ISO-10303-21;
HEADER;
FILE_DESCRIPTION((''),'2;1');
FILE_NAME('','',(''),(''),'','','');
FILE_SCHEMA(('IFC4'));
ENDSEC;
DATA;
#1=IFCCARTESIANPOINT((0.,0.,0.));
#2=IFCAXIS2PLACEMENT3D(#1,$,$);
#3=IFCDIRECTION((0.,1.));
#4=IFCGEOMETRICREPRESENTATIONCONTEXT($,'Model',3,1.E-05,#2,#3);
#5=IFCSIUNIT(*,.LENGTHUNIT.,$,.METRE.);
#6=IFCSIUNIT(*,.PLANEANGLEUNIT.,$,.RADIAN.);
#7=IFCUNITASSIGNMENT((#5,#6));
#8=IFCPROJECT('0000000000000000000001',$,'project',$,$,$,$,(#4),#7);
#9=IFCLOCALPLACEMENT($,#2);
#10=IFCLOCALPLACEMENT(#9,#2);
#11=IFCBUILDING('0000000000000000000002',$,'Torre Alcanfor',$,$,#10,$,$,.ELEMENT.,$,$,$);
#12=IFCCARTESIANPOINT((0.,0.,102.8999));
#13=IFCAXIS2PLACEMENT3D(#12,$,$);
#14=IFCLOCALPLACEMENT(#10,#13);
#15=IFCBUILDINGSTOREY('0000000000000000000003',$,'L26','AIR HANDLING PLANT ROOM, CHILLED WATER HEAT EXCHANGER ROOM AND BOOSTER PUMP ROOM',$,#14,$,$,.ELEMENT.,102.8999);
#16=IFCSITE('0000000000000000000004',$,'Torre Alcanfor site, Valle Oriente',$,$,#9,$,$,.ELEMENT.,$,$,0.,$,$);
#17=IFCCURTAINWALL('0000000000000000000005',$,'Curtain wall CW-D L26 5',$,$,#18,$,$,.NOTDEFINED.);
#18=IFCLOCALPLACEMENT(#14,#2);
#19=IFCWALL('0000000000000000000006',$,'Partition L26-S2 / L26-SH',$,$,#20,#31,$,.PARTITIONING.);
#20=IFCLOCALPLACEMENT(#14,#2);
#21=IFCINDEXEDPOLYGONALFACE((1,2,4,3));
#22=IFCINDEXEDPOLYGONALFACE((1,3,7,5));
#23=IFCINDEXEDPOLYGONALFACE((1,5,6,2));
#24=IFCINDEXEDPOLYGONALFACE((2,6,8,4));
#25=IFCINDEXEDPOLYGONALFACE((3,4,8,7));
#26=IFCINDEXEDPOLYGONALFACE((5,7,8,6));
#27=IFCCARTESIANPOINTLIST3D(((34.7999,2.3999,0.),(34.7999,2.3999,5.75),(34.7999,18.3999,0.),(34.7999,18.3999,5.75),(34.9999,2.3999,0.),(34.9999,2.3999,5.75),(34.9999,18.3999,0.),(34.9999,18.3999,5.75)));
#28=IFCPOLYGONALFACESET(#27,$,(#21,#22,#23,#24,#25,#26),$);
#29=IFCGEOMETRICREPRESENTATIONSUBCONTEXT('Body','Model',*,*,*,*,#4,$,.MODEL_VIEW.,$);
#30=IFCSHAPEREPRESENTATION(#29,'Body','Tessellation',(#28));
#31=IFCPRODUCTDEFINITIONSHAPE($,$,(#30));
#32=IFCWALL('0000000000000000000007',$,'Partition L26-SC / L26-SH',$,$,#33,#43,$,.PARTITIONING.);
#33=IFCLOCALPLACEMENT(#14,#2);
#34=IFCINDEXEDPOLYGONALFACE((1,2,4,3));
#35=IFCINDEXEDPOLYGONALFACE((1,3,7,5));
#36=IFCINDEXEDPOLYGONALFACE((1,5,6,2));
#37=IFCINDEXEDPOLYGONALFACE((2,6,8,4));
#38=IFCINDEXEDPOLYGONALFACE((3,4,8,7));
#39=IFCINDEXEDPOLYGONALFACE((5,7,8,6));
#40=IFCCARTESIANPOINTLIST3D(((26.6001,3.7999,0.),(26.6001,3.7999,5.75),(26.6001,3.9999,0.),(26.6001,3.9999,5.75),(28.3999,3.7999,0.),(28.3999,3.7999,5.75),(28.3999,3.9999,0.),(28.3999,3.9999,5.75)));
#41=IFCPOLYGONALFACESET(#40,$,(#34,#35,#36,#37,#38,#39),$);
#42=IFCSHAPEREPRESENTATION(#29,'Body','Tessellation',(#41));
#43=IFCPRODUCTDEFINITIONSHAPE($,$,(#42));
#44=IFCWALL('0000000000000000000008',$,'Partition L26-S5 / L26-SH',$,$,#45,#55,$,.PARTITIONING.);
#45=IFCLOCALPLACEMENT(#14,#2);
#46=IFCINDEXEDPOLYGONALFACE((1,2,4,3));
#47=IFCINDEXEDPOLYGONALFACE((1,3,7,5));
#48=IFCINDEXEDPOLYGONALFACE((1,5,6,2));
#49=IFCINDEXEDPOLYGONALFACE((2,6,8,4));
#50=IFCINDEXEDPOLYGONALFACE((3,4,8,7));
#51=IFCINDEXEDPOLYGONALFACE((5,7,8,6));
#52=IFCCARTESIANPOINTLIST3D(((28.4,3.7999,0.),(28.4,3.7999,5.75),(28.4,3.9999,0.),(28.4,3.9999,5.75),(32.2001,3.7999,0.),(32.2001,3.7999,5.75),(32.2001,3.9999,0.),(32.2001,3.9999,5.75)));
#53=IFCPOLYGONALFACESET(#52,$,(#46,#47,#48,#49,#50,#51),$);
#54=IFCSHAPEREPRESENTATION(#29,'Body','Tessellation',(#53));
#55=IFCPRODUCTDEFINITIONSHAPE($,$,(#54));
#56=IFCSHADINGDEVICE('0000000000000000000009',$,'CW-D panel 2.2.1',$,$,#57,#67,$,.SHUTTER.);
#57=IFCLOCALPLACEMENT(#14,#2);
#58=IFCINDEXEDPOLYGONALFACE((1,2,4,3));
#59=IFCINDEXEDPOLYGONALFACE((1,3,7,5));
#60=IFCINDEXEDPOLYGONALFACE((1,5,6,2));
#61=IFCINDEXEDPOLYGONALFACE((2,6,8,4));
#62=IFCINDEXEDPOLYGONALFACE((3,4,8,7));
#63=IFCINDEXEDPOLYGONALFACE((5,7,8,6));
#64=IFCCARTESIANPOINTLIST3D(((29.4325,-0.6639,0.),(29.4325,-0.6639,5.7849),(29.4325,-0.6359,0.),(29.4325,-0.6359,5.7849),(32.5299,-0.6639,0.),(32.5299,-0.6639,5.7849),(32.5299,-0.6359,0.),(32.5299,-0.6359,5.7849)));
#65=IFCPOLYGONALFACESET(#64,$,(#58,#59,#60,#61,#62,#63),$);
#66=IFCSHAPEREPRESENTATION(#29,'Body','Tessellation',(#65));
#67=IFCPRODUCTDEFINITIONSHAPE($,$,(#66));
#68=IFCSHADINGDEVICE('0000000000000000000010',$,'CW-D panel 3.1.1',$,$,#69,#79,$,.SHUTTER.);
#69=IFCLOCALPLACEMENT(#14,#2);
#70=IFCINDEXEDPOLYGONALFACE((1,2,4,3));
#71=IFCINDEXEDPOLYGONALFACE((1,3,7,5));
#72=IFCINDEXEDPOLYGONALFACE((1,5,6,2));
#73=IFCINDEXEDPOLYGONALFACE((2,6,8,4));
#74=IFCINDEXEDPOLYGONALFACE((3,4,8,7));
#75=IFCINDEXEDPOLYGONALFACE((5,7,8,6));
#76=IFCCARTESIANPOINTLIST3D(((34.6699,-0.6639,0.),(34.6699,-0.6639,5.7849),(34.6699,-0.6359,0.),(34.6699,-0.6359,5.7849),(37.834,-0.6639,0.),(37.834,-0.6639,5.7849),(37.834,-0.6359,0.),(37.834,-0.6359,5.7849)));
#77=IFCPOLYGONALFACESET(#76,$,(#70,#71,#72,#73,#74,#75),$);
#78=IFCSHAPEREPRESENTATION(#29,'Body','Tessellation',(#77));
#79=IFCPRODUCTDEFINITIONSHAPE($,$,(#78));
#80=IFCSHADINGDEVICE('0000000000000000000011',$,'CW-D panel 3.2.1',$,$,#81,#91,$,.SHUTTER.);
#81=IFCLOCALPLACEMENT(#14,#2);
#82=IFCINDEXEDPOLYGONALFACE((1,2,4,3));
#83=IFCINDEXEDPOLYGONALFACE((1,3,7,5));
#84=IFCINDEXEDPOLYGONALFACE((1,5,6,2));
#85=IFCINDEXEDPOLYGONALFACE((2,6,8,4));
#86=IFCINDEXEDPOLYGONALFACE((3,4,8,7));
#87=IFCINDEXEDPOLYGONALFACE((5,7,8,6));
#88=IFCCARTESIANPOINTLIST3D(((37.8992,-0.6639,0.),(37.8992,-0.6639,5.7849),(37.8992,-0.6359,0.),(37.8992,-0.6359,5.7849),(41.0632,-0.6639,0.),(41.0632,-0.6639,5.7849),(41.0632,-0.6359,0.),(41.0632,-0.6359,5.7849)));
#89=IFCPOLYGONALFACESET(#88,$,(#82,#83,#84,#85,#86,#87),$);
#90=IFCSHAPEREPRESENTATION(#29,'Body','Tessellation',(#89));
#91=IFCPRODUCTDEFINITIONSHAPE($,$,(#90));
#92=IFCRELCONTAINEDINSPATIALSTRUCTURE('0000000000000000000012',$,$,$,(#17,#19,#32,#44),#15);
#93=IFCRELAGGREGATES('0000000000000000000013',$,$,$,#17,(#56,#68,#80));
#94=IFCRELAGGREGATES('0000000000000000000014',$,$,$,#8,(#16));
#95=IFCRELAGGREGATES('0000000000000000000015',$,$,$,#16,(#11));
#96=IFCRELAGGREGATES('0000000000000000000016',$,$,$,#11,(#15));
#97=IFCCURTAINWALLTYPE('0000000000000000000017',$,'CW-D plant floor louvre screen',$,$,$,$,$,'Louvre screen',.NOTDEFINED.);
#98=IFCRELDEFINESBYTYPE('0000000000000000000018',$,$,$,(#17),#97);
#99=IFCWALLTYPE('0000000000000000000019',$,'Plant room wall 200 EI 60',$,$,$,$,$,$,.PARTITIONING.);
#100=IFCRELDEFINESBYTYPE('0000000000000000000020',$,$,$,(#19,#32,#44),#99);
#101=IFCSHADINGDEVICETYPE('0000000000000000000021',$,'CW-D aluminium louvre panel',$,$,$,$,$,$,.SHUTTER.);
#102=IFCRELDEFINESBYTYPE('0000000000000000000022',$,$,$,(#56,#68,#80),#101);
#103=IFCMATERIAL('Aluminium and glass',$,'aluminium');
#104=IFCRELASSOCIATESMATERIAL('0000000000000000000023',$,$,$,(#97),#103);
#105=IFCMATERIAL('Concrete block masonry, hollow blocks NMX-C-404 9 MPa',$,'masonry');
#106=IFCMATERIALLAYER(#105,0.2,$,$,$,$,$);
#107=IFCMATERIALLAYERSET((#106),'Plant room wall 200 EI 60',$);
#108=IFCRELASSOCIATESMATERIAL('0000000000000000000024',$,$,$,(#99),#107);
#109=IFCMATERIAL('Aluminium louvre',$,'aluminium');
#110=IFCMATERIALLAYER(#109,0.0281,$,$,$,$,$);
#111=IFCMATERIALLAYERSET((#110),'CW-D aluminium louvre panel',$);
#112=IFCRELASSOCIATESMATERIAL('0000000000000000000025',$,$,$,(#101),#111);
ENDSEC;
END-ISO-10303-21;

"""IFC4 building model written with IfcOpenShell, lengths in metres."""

from ifc_helpers import new_model, si_unit, direction, frame, frame_2d, origin, origin_2d, place, context, subcontext, project, spatial, rectangle, extrude, material, layer, layer_set, type_object, element, aggregate, save


model = new_model("IFC4")

# Units and contexts
model_context = context("Model", 3, precision=1e-05, world=origin(), true_north=direction((0.0, 1.0)))
body_context = subcontext(model_context, "Body", "Model", "MODEL_VIEW")
ifc_project = project(units=[si_unit("LENGTHUNIT", "METRE"), si_unit("PLANEANGLEUNIT", "RADIAN")], contexts=[model_context])

# Site, building, storey
site_placement = place(None, origin())
site = spatial("IfcSite", under=ifc_project, at=site_placement, Name="Torre Alcanfor site, Valle Oriente", CompositionType="ELEMENT", RefElevation=0.0)
building_placement = place(site_placement, origin())
building = spatial("IfcBuilding", under=site, at=building_placement, Name="Torre Alcanfor", CompositionType="ELEMENT")
storey_placement = place(building_placement, frame((0.0, 0.0, 102.8999)))
storey = spatial("IfcBuildingStorey", under=building, at=storey_placement, Name="L26", Description="AIR HANDLING PLANT ROOM, CHILLED WATER HEAT EXCHANGER ROOM AND BOOSTER PUMP ROOM", CompositionType="ELEMENT", Elevation=102.8999)

# Curtain wall
ifc_material_1 = material(Name="Aluminium and glass", Category="aluminium")
curtain_wall_type = type_object("IfcCurtainWallType", Name="CW-D plant floor louvre screen", ElementType="Louvre screen", PredefinedType="NOTDEFINED", material=ifc_material_1)
curtain_wall_placement = place(storey_placement, origin())
curtain_wall = element("IfcCurtainWall", 1, at=curtain_wall_placement, inside=storey, type_object=curtain_wall_type, Name="Curtain wall CW-D L26 5", PredefinedType="NOTDEFINED")

# Walls
ifc_material_2 = material(Name="Concrete block masonry, hollow blocks NMX-C-404 9 MPa", Category="masonry")
ifc_layer_1 = layer(ifc_material_2, 0.2)
ifc_layer_set_1 = layer_set([ifc_layer_1], Name="Plant room wall 200 EI 60")
wall_type = type_object("IfcWallType", Name="Plant room wall 200 EI 60", PredefinedType="PARTITIONING", material=ifc_layer_set_1)
wall_1_placement = place(storey_placement, frame((34.8999, 2.3999, 0.0), z_axis=(0.0, 0.0, 1.0), x_axis=(0.0, 1.0, 0.0)))
element("IfcWall", 2, at=wall_1_placement, inside=storey, type_object=wall_type, Name="Partition L26-S2 / L26-SH", PredefinedType="PARTITIONING", context=body_context, shape_type="SweptSolid", body=[
    extrude(rectangle(XDim=16.0, YDim=0.2, at=frame_2d((8.0, 0.0))), origin(), (0.0, 0.0, 1.0), 5.75),
])
wall_2_placement = place(storey_placement, frame((28.3999, 3.8999, 0.0), z_axis=(0.0, 0.0, 1.0), x_axis=(-1.0, 0.0, 0.0)))
element("IfcWall", 3, at=wall_2_placement, inside=storey, type_object=wall_type, Name="Partition L26-SC / L26-SH", PredefinedType="PARTITIONING", context=body_context, shape_type="SweptSolid", body=[
    extrude(rectangle(XDim=1.7998, YDim=0.2, at=frame_2d((0.8999, 0.0))), origin(), (0.0, 0.0, 1.0), 5.75),
])
wall_3_placement = place(storey_placement, frame((32.2, 3.8999, 0.0), z_axis=(0.0, 0.0, 1.0), x_axis=(-1.0, 0.0, 0.0)))
element("IfcWall", 4, at=wall_3_placement, inside=storey, type_object=wall_type, Name="Partition L26-S5 / L26-SH", PredefinedType="PARTITIONING", context=body_context, shape_type="SweptSolid", body=[
    extrude(rectangle(XDim=3.8, YDim=0.2, at=frame_2d((1.8999, 0.0))), origin(), (0.0, 0.0, 1.0), 5.75),
])

# Shading devices
ifc_material_3 = material(Name="Aluminium louvre", Category="aluminium")
ifc_layer_2 = layer(ifc_material_3, 0.0281)
ifc_layer_set_2 = layer_set([ifc_layer_2], Name="CW-D aluminium louvre panel")
shading_device_type = type_object("IfcShadingDeviceType", Name="CW-D aluminium louvre panel", PredefinedType="SHUTTER", material=ifc_layer_set_2)
shading_device_1_placement = place(storey_placement, frame((30.9812, -0.6499, 0.0), z_axis=(0.0, 0.0, 1.0), x_axis=(1.0, 0.0, 0.0)))
shading_device_1 = element("IfcShadingDevice", 5, at=shading_device_1_placement, type_object=shading_device_type, Name="CW-D panel 2.2.1", PredefinedType="SHUTTER", context=body_context, shape_type="SweptSolid", body=[
    extrude(rectangle(XDim=3.0974, YDim=0.0281, at=origin_2d()), origin(), (0.0, 0.0, 1.0), 5.7849),
])
shading_device_2_placement = place(storey_placement, frame((36.252, -0.6499, 0.0), z_axis=(0.0, 0.0, 1.0), x_axis=(1.0, 0.0, 0.0)))
shading_device_2 = element("IfcShadingDevice", 6, at=shading_device_2_placement, type_object=shading_device_type, Name="CW-D panel 3.1.1", PredefinedType="SHUTTER", context=body_context, shape_type="SweptSolid", body=[
    extrude(rectangle(XDim=3.1641, YDim=0.0281, at=origin_2d()), origin(), (0.0, 0.0, 1.0), 5.7849),
])
shading_device_3_placement = place(storey_placement, frame((39.4812, -0.6499, 0.0), z_axis=(0.0, 0.0, 1.0), x_axis=(1.0, 0.0, 0.0)))
shading_device_3 = element("IfcShadingDevice", 7, at=shading_device_3_placement, type_object=shading_device_type, Name="CW-D panel 3.2.1", PredefinedType="SHUTTER", context=body_context, shape_type="SweptSolid", body=[
    extrude(rectangle(XDim=3.1641, YDim=0.0281, at=origin_2d()), origin(), (0.0, 0.0, 1.0), 5.7849),
])
aggregate(curtain_wall, [shading_device_1, shading_device_2, shading_device_3])

save(model, "model.ifc")
